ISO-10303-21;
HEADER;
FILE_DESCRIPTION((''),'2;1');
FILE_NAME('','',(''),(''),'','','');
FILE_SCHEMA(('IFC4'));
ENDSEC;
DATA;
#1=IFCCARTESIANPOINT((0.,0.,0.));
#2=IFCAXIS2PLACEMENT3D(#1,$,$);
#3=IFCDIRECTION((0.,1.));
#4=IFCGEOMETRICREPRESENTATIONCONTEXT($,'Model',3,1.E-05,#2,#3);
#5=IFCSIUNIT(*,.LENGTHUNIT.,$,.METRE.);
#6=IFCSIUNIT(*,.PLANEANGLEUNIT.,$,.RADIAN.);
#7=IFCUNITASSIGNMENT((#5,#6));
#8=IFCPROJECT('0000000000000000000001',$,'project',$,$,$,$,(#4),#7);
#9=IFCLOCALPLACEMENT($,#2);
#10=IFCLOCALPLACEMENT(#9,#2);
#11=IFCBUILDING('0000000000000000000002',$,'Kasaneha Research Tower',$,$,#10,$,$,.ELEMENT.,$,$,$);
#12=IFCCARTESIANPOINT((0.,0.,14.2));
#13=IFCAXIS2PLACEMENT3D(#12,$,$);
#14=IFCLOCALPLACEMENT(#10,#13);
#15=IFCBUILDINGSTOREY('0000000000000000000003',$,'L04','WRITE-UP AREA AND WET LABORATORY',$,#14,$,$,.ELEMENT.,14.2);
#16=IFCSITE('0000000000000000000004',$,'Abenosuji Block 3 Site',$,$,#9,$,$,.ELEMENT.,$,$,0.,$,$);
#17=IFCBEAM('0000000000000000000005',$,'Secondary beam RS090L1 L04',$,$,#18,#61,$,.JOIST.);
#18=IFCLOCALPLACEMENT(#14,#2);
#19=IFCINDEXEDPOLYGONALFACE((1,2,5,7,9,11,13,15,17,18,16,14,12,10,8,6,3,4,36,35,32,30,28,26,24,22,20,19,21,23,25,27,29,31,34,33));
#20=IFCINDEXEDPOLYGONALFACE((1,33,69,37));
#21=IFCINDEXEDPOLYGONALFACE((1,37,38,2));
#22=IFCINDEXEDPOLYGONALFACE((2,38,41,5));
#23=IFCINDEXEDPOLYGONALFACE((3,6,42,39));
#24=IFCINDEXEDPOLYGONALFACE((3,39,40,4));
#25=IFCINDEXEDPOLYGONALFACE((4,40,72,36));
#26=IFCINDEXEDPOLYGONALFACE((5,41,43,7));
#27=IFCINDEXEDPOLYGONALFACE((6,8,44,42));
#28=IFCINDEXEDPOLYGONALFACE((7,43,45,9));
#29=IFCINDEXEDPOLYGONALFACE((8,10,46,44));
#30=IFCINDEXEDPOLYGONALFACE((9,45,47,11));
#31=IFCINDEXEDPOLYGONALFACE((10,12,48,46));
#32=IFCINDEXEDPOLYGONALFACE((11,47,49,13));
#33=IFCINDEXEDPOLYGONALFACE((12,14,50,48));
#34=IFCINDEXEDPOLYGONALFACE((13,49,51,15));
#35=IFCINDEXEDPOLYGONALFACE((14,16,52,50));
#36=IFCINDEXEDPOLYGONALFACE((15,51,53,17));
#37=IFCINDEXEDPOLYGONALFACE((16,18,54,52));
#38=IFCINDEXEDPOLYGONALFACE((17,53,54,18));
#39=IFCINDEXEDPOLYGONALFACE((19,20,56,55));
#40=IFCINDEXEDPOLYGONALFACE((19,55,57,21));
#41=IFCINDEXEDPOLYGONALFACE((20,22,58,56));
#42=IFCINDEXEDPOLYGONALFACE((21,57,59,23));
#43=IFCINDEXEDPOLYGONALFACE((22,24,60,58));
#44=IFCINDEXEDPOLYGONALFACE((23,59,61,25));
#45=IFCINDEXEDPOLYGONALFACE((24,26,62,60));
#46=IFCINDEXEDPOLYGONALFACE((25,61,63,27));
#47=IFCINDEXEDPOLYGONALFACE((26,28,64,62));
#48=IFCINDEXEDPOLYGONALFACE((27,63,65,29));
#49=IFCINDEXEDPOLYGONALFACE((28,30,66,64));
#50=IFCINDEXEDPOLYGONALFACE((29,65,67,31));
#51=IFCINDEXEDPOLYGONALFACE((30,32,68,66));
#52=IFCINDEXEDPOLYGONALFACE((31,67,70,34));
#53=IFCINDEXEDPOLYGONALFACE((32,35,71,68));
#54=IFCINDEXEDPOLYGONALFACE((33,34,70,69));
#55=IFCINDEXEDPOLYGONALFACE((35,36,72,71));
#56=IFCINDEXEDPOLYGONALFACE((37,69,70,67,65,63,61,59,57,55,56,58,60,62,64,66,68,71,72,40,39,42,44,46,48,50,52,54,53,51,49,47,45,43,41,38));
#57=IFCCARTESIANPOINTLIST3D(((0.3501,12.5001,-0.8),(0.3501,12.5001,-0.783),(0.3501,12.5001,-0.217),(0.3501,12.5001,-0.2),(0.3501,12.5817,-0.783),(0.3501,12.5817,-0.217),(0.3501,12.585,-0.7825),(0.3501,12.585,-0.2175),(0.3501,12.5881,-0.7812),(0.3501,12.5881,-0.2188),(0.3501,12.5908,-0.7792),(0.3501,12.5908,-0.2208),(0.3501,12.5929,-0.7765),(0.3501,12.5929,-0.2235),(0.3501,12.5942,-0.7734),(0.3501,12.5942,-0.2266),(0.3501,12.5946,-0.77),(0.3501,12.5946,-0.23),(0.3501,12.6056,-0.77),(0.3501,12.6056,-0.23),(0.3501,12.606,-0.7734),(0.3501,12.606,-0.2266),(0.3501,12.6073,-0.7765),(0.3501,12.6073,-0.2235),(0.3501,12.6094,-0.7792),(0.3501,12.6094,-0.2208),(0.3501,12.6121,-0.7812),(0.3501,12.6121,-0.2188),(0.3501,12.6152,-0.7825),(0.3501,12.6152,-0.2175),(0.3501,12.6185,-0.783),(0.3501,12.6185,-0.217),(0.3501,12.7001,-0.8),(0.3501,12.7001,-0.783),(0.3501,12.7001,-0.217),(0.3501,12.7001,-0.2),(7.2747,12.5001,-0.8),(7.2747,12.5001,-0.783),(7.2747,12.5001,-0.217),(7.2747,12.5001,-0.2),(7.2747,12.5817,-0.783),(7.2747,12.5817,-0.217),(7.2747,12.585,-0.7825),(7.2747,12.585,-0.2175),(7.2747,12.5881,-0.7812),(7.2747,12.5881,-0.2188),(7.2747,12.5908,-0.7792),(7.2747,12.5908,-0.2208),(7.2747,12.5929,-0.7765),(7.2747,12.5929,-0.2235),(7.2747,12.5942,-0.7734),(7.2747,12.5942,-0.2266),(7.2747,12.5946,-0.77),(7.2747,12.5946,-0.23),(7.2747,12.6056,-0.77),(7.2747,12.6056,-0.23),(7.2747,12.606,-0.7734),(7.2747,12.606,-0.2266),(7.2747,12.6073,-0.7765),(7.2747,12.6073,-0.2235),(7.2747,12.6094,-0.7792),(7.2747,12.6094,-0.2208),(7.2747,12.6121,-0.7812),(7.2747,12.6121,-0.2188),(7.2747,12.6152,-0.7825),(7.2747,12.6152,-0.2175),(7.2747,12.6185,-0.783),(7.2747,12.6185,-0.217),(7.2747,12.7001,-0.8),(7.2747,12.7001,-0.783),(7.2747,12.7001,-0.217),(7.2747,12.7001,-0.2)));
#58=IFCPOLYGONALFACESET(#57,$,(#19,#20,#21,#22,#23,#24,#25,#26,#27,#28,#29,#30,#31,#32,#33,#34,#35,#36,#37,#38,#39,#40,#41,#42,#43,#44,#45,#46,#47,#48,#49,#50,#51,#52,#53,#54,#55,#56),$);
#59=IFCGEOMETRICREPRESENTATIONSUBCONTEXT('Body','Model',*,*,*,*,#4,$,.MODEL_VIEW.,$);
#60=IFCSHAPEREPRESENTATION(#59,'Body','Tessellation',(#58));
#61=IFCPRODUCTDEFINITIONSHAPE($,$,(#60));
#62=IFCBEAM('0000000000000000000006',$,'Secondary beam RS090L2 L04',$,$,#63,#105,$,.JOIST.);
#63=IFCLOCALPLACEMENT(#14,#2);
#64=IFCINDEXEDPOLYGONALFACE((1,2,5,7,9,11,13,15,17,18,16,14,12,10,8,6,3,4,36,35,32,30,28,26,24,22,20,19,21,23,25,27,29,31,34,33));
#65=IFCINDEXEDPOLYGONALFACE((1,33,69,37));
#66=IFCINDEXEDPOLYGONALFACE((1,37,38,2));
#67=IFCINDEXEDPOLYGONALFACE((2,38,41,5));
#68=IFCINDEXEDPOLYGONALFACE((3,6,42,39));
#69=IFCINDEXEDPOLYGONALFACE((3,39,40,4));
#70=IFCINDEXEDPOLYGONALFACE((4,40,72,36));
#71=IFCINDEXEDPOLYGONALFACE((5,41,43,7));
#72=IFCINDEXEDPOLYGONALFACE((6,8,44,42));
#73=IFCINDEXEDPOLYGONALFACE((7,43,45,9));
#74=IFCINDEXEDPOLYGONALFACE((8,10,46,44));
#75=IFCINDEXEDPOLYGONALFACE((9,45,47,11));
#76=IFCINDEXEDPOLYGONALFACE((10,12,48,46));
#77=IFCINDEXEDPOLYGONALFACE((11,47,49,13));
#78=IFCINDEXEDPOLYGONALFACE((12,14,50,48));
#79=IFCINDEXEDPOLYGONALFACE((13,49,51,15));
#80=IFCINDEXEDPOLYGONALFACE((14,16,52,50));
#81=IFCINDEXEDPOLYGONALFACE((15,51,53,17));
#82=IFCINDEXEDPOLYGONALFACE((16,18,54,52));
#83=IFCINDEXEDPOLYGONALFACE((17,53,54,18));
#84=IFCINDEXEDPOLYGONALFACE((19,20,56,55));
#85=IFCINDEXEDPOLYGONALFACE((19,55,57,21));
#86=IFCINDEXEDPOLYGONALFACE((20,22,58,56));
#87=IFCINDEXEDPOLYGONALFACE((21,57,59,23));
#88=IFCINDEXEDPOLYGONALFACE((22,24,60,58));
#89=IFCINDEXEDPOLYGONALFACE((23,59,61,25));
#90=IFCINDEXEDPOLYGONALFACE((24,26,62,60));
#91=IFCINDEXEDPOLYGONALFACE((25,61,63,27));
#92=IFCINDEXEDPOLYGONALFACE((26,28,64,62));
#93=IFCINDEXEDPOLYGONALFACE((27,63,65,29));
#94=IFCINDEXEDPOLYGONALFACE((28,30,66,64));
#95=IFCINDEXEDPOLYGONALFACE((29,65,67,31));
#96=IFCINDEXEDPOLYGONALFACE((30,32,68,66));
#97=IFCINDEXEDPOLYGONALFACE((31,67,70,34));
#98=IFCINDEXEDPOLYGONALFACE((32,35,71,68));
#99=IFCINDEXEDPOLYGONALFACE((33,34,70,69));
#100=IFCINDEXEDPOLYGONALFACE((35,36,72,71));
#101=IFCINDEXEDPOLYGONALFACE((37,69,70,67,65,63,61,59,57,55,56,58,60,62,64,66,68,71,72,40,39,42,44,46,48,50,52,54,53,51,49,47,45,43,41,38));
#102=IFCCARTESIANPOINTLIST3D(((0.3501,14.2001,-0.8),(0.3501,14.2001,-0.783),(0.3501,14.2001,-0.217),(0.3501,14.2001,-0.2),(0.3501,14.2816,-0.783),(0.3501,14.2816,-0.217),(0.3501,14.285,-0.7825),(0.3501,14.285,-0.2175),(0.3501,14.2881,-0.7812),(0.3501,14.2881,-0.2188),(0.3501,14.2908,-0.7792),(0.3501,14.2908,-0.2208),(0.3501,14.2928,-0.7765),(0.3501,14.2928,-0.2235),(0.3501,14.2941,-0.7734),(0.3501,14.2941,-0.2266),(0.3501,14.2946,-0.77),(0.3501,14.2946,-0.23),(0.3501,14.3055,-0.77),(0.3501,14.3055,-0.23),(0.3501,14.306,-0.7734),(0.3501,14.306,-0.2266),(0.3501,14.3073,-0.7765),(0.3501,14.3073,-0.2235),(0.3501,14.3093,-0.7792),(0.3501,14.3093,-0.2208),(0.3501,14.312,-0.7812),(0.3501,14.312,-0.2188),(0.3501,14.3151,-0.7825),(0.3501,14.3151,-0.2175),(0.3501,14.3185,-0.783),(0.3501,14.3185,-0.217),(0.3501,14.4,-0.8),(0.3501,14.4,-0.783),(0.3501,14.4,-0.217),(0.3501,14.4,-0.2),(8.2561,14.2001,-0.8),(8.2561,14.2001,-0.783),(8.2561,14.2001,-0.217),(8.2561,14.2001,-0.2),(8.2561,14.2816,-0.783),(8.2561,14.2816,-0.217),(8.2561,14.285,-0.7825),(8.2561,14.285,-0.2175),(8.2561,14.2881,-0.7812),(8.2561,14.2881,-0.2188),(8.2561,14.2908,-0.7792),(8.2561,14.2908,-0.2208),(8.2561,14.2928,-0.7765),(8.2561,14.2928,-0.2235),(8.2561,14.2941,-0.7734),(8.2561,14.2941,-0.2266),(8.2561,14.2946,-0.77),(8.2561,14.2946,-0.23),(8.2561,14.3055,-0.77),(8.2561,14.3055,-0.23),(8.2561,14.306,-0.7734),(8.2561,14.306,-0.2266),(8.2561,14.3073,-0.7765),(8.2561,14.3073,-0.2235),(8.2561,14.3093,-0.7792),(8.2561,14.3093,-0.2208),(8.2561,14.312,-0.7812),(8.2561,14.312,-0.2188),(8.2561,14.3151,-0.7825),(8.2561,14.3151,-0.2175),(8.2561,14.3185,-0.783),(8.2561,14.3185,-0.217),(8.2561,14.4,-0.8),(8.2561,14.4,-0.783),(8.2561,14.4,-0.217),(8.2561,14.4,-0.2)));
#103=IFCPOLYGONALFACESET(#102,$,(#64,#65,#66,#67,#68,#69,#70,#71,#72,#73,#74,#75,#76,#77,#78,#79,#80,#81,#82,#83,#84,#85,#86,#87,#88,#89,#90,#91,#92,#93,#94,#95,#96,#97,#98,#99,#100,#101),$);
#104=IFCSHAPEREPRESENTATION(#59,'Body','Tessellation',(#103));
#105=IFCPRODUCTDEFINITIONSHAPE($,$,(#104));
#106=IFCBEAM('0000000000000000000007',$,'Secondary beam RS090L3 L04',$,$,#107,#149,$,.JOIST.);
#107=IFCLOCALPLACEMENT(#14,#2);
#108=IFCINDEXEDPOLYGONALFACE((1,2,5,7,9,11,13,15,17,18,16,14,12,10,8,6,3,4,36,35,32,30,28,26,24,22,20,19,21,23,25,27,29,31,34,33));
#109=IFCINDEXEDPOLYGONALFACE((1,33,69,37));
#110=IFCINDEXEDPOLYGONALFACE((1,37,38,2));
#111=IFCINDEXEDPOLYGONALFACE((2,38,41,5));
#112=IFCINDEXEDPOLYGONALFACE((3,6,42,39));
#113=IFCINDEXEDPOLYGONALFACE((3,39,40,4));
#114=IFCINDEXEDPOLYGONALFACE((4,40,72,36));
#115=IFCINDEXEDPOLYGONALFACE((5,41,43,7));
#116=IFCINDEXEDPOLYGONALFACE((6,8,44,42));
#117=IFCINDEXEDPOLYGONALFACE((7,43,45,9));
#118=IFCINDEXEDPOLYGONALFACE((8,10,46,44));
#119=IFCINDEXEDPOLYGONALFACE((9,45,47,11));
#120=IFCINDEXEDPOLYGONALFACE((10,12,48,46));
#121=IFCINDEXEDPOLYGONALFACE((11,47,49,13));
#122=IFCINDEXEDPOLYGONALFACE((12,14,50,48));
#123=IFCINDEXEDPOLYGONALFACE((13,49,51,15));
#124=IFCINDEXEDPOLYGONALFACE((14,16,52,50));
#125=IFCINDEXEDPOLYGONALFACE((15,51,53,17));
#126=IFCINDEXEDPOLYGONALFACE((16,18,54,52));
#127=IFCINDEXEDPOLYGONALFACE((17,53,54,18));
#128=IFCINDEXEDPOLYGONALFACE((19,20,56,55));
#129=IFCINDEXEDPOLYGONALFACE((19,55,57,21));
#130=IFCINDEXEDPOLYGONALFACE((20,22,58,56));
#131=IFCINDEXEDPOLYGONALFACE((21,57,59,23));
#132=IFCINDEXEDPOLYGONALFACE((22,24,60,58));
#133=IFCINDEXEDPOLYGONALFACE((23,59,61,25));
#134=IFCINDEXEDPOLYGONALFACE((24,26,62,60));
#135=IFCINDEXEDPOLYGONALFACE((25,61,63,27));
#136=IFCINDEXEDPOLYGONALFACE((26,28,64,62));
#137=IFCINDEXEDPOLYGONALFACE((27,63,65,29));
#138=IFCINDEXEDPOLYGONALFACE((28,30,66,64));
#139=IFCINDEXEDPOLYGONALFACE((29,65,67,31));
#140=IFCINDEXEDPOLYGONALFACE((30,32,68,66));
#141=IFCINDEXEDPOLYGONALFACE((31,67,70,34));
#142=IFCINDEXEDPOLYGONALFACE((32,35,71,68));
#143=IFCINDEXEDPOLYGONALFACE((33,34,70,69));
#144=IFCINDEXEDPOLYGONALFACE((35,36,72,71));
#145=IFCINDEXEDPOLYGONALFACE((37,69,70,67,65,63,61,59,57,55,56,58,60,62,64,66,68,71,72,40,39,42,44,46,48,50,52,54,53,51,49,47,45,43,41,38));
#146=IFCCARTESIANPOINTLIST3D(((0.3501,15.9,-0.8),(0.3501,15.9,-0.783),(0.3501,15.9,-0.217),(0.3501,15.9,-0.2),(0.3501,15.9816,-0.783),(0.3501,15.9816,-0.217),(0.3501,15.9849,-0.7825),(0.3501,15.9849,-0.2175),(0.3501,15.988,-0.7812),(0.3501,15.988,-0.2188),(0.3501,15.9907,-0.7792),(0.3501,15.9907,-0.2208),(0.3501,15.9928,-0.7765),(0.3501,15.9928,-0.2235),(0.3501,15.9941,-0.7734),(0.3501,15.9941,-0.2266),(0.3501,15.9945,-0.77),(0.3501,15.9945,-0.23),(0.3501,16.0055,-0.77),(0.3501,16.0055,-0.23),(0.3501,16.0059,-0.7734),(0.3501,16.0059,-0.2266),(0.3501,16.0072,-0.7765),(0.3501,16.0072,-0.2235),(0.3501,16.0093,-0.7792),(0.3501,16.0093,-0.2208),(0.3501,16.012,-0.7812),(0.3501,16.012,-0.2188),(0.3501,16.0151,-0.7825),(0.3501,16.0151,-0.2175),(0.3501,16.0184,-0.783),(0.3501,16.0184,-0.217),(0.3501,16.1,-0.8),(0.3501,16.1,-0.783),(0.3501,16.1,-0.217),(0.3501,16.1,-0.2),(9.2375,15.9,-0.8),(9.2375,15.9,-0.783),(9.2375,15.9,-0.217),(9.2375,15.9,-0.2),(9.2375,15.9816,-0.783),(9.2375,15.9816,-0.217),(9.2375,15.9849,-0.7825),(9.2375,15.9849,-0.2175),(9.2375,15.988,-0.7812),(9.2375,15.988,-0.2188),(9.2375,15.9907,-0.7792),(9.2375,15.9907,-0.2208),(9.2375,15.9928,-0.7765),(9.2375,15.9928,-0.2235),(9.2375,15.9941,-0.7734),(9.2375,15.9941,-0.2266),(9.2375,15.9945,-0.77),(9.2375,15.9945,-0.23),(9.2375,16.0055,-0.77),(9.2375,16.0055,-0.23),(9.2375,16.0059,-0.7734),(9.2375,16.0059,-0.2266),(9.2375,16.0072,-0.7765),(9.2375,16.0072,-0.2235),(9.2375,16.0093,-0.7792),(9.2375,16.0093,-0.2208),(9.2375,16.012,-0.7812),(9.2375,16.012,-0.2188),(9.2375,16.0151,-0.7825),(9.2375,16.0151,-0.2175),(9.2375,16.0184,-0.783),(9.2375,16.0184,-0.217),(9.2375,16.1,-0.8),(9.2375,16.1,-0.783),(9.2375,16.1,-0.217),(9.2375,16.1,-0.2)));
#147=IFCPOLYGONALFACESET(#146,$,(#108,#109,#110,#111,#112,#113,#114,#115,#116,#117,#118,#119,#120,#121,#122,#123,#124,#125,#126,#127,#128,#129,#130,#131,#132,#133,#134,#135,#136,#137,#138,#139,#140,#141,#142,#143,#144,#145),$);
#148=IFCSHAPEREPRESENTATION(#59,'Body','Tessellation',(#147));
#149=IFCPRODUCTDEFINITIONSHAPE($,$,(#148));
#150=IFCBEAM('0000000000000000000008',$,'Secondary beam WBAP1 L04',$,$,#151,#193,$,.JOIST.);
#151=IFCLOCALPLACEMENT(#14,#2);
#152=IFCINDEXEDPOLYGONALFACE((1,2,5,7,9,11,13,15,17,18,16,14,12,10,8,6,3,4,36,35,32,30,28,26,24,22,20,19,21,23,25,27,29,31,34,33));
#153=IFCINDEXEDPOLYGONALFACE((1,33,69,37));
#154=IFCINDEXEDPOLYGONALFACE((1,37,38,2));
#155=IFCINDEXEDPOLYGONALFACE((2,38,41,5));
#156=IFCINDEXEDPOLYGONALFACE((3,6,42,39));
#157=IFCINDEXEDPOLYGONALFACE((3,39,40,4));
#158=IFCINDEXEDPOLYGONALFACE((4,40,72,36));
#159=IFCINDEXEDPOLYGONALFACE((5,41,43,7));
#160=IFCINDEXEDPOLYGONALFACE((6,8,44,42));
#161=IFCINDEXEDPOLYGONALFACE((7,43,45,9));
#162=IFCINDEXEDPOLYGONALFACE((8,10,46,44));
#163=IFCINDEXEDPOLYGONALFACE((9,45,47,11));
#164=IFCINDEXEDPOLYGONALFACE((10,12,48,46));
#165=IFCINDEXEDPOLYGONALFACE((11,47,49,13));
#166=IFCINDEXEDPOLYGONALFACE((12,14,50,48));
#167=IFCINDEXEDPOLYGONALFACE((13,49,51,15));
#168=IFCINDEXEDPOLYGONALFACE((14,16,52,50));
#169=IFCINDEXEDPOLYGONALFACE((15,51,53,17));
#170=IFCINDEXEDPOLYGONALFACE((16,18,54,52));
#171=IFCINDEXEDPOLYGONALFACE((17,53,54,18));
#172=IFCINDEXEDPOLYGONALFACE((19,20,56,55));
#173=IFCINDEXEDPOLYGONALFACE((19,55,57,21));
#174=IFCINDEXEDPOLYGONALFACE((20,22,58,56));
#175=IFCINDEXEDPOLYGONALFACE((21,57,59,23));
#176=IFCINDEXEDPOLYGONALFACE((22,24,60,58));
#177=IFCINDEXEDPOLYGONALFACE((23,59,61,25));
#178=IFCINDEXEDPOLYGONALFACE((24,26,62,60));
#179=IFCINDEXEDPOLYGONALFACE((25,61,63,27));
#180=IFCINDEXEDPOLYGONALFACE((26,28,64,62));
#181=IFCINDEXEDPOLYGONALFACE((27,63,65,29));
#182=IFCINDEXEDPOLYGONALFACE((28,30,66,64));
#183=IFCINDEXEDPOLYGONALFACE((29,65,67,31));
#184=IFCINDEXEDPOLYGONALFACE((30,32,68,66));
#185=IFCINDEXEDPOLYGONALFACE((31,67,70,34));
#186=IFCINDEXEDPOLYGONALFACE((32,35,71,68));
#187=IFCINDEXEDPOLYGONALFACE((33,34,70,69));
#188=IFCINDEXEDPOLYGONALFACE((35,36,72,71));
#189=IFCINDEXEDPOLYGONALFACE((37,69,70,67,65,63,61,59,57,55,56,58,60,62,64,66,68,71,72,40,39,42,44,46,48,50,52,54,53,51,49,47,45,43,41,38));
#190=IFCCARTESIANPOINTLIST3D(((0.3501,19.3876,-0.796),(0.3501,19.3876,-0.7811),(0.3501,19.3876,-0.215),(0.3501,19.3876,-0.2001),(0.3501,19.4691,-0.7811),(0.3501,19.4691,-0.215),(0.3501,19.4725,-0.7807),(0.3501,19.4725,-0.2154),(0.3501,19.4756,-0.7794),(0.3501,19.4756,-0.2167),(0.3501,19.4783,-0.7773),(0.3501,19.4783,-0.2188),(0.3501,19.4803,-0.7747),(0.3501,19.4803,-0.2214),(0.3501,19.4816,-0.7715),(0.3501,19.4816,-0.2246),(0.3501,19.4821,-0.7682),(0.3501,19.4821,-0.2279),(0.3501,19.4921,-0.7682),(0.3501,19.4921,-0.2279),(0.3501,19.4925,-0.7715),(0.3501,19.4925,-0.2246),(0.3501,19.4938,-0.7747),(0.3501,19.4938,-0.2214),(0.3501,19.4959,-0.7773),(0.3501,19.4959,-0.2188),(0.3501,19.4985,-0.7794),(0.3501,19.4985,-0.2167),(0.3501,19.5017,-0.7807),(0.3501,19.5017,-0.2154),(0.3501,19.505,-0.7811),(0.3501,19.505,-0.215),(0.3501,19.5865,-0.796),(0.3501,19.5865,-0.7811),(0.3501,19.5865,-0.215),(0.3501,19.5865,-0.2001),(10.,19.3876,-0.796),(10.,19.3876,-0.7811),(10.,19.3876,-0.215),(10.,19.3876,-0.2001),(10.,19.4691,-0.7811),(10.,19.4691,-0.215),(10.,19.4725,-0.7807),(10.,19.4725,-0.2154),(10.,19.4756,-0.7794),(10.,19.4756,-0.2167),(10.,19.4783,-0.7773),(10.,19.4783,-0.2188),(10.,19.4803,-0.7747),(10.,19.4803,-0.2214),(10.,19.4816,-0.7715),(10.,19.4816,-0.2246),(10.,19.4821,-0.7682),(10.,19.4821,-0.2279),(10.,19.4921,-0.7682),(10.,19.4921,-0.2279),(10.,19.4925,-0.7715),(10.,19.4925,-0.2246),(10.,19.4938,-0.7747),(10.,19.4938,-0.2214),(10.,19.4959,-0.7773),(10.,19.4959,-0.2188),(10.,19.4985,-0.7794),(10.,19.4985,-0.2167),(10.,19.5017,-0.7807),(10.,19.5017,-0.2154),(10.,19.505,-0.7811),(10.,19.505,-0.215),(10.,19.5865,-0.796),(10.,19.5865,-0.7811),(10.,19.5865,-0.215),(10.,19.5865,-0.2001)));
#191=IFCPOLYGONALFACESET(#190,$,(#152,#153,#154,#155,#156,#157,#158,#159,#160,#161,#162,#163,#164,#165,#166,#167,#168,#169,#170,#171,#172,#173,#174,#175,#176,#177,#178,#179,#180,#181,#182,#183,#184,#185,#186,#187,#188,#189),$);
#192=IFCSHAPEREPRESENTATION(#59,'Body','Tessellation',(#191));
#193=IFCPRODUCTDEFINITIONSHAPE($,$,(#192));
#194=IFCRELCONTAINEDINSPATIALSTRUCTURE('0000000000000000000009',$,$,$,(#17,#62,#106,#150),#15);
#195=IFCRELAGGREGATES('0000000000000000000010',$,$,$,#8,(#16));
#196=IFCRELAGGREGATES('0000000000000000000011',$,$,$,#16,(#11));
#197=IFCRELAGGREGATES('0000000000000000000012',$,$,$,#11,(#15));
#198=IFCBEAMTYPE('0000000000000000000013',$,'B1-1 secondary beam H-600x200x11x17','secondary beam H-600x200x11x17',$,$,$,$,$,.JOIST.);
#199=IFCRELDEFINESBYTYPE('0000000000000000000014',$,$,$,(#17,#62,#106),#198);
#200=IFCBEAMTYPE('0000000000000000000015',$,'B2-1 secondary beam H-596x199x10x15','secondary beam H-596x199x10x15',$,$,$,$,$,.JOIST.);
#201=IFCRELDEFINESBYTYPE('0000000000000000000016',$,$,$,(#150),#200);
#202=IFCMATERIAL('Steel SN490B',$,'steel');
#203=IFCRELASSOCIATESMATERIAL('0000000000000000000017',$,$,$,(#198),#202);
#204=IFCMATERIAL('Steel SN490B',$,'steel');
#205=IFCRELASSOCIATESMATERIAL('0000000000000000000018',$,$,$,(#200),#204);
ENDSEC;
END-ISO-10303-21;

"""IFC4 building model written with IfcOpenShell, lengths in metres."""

from ifc_helpers import new_model, si_unit, direction, frame, origin, origin_2d, place, context, subcontext, project, spatial, i_section, extrude, material, material_profile, profile_set, type_object, element, save


model = new_model("IFC4")

# Units and contexts
model_context = context("Model", 3, precision=1e-05, world=origin(), true_north=direction((0.0, 1.0)))
body_context = subcontext(model_context, "Body", "Model", "MODEL_VIEW")
ifc_project = project(units=[si_unit("LENGTHUNIT", "METRE"), si_unit("PLANEANGLEUNIT", "RADIAN")], contexts=[model_context])

# Site, building, storey
site_placement = place(None, origin())
site = spatial("IfcSite", under=ifc_project, at=site_placement, Name="Abenosuji Block 3 Site", CompositionType="ELEMENT", RefElevation=0.0)
building_placement = place(site_placement, origin())
building = spatial("IfcBuilding", under=site, at=building_placement, Name="Kasaneha Research Tower", CompositionType="ELEMENT")
storey_placement = place(building_placement, frame((0.0, 0.0, 14.2)))
storey = spatial("IfcBuildingStorey", under=building, at=storey_placement, Name="L04", Description="WRITE-UP AREA AND WET LABORATORY", CompositionType="ELEMENT", Elevation=14.2)

# Beams
ifc_material_1 = material(Name="Steel SN490B", Category="steel")
ifc_material_profile_1 = material_profile(ifc_material_1, i_section(OverallWidth=0.2, OverallDepth=0.6001, WebThickness=0.011, FlangeThickness=0.0171, FilletRadius=0.0129, at=origin_2d()), Name="H-600x200x11x17")
ifc_profile_set_1 = profile_set([ifc_material_profile_1], Name="Steel SN490B")
beam_type_1 = type_object("IfcBeamType", Name="B1-1 secondary beam H-600x200x11x17", Description="secondary beam H-600x200x11x17", PredefinedType="JOIST", material=ifc_profile_set_1)
beam_1_placement = place(storey_placement, frame((7.2747, 12.6001, -0.5), z_axis=(-1.0, 0.0, 0.0), x_axis=(0.0, -1.0, 0.0)))
element("IfcBeam", 1, at=beam_1_placement, inside=storey, type_object=beam_type_1, Name="Secondary beam RS090L1 L04", PredefinedType="JOIST", context=body_context, shape_type="SweptSolid", body=[
    extrude(i_section(OverallWidth=0.2, OverallDepth=0.6001, WebThickness=0.011, FlangeThickness=0.0171, FilletRadius=0.0129, at=origin_2d()), origin(), (0.0, 0.0, 1.0), 6.9246),
])
beam_2_placement = place(storey_placement, frame((8.2561, 14.3, -0.5), z_axis=(-1.0, 0.0, 0.0), x_axis=(0.0, -1.0, 0.0)))
element("IfcBeam", 2, at=beam_2_placement, inside=storey, type_object=beam_type_1, Name="Secondary beam RS090L2 L04", PredefinedType="JOIST", context=body_context, shape_type="SweptSolid", body=[
    extrude(i_section(OverallWidth=0.2, OverallDepth=0.6001, WebThickness=0.011, FlangeThickness=0.0171, FilletRadius=0.0129, at=origin_2d()), origin(), (0.0, 0.0, 1.0), 7.906),
])
beam_3_placement = place(storey_placement, frame((9.2375, 16.0, -0.5), z_axis=(-1.0, 0.0, 0.0), x_axis=(0.0, -1.0, 0.0)))
element("IfcBeam", 3, at=beam_3_placement, inside=storey, type_object=beam_type_1, Name="Secondary beam RS090L3 L04", PredefinedType="JOIST", context=body_context, shape_type="SweptSolid", body=[
    extrude(i_section(OverallWidth=0.2, OverallDepth=0.6001, WebThickness=0.011, FlangeThickness=0.0171, FilletRadius=0.0129, at=origin_2d()), origin(), (0.0, 0.0, 1.0), 8.8875),
])
ifc_material_2 = material(Name="Steel SN490B", Category="steel")
ifc_material_profile_2 = material_profile(ifc_material_2, i_section(OverallWidth=0.199, OverallDepth=0.5959, WebThickness=0.01, FlangeThickness=0.0149, FilletRadius=0.0129, at=origin_2d()), Name="H-596x199x10x15")
ifc_profile_set_2 = profile_set([ifc_material_profile_2], Name="Steel SN490B")
beam_type_2 = type_object("IfcBeamType", Name="B2-1 secondary beam H-596x199x10x15", Description="secondary beam H-596x199x10x15", PredefinedType="JOIST", material=ifc_profile_set_2)
beam_4_placement = place(storey_placement, frame((10.0, 19.4871, -0.498), z_axis=(-1.0, 0.0, 0.0), x_axis=(0.0, -1.0, 0.0)))
element("IfcBeam", 4, at=beam_4_placement, inside=storey, type_object=beam_type_2, Name="Secondary beam WBAP1 L04", PredefinedType="JOIST", context=body_context, shape_type="SweptSolid", body=[
    extrude(i_section(OverallWidth=0.199, OverallDepth=0.5959, WebThickness=0.01, FlangeThickness=0.0149, FilletRadius=0.0129, at=origin_2d()), origin(), (0.0, 0.0, 1.0), 9.6499),
])

save(model, "model.ifc")
